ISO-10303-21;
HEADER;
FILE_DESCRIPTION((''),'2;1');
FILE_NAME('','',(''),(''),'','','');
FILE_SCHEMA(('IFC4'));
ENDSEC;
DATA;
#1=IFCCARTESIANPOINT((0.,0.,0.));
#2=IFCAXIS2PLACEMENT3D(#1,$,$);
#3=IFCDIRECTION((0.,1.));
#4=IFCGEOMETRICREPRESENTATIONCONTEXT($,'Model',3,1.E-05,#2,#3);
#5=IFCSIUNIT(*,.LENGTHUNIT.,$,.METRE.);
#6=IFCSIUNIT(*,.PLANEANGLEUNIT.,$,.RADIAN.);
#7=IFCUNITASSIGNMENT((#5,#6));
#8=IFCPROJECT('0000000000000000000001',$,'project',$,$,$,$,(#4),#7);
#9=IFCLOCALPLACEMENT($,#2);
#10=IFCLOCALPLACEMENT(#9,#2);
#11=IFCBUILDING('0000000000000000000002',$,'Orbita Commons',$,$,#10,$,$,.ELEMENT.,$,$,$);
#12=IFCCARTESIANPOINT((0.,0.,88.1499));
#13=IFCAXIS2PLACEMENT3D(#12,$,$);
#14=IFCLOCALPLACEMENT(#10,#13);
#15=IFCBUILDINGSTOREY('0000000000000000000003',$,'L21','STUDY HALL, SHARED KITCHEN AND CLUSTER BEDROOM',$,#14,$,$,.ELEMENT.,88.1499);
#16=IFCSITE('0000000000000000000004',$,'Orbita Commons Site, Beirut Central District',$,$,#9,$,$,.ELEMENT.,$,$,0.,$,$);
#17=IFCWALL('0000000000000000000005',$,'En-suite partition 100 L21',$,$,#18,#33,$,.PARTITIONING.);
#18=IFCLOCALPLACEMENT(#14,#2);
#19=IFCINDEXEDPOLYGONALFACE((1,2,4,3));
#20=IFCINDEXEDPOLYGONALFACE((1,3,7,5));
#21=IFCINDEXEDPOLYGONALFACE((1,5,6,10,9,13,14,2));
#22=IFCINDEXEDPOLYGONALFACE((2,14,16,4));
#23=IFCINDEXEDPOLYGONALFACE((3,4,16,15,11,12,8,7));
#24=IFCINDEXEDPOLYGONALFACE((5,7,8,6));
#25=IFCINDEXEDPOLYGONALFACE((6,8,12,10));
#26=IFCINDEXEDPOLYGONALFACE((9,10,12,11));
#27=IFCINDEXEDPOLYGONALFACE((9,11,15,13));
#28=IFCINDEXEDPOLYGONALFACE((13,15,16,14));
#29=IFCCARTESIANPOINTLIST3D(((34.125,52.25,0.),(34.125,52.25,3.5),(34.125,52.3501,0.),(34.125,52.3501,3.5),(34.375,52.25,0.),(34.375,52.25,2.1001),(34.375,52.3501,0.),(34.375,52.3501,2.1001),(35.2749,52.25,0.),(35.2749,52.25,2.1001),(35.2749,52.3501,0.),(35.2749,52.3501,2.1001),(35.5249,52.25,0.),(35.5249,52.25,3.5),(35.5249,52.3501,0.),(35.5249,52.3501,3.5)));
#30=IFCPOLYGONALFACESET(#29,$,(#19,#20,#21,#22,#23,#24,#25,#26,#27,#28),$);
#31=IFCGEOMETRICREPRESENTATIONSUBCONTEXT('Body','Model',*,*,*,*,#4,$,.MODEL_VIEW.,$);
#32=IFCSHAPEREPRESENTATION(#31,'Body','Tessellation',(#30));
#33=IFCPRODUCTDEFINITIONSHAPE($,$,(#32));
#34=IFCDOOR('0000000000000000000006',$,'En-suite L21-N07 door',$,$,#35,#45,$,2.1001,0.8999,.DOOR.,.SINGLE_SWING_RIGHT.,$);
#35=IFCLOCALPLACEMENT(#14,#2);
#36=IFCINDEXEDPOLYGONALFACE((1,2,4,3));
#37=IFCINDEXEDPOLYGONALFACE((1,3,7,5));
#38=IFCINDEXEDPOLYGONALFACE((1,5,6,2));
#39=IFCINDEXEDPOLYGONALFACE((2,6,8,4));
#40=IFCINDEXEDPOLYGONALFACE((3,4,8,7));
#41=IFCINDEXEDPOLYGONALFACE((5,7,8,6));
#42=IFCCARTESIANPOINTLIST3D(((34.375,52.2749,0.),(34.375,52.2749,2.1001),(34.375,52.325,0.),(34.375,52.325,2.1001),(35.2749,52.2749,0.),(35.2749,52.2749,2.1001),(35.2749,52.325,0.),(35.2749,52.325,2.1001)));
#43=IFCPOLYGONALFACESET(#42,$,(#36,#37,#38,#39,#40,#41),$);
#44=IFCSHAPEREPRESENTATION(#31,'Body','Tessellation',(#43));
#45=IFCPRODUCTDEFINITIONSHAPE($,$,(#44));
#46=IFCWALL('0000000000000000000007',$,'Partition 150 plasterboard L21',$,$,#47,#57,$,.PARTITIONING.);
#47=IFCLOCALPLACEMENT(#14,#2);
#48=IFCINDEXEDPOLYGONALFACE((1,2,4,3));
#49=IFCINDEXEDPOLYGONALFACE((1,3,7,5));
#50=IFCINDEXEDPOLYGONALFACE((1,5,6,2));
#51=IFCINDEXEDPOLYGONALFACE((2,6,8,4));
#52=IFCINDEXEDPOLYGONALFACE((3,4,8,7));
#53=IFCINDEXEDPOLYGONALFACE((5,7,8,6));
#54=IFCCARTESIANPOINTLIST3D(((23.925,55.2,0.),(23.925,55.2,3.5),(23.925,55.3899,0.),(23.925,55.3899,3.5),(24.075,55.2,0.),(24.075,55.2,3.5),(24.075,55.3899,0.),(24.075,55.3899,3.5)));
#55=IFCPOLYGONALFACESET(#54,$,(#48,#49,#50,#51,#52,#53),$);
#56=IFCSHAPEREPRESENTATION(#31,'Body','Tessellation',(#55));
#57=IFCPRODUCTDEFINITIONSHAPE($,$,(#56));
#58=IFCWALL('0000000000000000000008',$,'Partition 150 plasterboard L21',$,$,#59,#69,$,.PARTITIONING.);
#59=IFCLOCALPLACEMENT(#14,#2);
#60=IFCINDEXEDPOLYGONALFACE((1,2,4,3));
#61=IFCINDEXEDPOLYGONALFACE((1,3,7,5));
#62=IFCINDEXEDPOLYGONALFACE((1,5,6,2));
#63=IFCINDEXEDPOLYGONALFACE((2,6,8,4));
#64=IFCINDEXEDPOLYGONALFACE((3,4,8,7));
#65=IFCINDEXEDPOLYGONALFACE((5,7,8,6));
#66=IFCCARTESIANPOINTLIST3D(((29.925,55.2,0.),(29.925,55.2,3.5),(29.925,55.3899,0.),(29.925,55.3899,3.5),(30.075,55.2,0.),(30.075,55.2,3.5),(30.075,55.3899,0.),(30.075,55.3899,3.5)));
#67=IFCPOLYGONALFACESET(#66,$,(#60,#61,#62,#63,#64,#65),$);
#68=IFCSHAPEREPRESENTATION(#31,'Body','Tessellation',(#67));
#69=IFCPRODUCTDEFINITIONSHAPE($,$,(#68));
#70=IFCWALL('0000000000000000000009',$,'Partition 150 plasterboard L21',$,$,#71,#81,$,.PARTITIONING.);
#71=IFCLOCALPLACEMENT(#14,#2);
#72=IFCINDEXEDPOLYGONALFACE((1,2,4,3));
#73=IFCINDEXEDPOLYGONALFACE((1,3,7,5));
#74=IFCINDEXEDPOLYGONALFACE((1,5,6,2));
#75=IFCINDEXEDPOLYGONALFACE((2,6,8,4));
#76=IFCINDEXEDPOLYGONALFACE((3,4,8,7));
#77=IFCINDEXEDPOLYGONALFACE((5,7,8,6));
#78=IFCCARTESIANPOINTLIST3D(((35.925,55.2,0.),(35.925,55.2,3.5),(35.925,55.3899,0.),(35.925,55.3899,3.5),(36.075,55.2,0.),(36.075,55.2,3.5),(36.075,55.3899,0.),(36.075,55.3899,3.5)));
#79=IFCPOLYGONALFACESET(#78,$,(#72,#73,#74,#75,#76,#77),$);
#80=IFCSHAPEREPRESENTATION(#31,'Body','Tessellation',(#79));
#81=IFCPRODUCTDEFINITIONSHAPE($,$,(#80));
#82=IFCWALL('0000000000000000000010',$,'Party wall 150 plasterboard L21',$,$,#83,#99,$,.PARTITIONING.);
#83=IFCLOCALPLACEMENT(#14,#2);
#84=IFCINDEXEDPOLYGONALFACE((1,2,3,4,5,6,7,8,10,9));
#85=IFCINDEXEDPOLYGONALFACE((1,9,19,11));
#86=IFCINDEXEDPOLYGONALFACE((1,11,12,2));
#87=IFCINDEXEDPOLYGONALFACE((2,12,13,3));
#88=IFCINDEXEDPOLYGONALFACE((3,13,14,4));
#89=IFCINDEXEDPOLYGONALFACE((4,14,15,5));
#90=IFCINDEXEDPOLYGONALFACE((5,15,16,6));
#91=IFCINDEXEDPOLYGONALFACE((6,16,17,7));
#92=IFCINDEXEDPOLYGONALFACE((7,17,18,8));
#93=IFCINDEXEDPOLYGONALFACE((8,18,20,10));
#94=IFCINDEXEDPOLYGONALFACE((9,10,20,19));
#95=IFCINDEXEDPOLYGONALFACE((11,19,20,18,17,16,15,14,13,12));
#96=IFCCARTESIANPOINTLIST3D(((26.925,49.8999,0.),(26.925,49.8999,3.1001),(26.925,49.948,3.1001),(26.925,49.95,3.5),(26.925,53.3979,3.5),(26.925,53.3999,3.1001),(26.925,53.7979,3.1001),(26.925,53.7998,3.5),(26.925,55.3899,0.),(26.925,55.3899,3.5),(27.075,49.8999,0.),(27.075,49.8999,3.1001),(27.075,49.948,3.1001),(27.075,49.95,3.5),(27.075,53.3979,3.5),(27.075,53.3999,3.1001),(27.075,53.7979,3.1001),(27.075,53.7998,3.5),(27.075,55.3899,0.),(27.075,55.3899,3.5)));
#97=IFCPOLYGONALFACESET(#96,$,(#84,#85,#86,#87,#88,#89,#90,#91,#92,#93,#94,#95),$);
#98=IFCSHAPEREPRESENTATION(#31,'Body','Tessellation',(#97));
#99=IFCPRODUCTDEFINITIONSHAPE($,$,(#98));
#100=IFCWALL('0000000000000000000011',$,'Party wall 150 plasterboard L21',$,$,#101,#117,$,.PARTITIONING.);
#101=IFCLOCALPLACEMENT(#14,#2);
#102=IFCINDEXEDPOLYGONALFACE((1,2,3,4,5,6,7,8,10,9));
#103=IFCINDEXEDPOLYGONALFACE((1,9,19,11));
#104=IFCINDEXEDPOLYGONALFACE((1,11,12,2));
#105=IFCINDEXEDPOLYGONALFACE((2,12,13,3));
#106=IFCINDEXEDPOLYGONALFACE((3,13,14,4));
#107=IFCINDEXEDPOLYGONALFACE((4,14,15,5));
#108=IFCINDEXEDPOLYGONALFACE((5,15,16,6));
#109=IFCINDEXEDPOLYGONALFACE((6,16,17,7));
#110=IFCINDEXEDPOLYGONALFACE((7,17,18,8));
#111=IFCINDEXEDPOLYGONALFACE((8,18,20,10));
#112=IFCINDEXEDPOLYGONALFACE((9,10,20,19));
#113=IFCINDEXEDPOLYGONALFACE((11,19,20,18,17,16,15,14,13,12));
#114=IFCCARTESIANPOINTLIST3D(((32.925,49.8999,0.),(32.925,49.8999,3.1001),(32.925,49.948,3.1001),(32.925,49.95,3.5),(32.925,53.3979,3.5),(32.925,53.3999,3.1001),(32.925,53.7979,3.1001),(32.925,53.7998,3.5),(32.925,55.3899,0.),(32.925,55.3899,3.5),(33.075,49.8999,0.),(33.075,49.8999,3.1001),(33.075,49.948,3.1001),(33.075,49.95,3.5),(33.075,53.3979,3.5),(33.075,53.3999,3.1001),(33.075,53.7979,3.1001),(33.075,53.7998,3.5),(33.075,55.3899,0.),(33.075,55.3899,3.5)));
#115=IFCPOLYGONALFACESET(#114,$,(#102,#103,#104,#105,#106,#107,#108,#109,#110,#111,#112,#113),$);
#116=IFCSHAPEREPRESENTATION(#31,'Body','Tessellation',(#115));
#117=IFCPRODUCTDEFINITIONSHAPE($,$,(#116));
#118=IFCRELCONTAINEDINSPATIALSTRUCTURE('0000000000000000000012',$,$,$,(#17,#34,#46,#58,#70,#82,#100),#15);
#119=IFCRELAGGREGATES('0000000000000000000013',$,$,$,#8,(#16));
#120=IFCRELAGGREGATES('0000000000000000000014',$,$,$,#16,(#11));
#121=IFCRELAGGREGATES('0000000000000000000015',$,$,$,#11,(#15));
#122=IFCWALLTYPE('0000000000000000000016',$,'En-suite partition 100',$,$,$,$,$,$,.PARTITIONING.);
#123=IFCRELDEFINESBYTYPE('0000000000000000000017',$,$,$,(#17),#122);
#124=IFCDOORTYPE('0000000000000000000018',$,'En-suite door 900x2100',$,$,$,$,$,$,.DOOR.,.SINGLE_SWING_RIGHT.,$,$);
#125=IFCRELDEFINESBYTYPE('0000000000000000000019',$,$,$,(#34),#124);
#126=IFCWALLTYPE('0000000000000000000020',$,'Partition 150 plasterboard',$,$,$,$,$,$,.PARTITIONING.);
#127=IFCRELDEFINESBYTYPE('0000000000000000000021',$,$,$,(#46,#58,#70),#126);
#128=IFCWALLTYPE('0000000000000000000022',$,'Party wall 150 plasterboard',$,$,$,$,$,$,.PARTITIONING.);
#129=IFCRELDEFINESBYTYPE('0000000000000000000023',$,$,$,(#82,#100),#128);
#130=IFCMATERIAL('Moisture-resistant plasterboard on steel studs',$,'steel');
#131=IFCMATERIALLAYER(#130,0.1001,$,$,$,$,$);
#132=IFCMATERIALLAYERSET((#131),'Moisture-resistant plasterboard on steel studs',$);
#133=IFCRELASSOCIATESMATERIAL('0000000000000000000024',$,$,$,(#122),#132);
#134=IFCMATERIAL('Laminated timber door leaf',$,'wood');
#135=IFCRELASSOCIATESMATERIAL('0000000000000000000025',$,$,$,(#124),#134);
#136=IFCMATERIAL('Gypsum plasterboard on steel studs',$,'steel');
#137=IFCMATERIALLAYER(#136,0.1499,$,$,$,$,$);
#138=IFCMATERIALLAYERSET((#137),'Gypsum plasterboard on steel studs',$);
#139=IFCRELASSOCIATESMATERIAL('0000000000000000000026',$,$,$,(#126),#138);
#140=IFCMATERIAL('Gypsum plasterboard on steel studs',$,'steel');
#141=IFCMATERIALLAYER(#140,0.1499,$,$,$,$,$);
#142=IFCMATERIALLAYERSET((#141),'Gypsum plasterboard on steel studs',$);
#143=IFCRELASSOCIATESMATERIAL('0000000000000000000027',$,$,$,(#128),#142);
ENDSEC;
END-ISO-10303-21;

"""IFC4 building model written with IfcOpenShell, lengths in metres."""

from ifc_helpers import new_model, si_unit, direction, frame, frame_2d, origin, place, context, subcontext, project, spatial, polyline, rectangle, outline, extrude, material, layer, layer_set, type_object, element, fill, save


model = new_model("IFC4")

# Units and contexts
model_context = context("Model", 3, precision=1e-05, world=origin(), true_north=direction((0.0, 1.0)))
body_context = subcontext(model_context, "Body", "Model", "MODEL_VIEW")
ifc_project = project(units=[si_unit("LENGTHUNIT", "METRE"), si_unit("PLANEANGLEUNIT", "RADIAN")], contexts=[model_context])

# Site, building, storey
site_placement = place(None, origin())
site = spatial("IfcSite", under=ifc_project, at=site_placement, Name="Orbita Commons Site, Beirut Central District", CompositionType="ELEMENT", RefElevation=0.0)
building_placement = place(site_placement, origin())
building = spatial("IfcBuilding", under=site, at=building_placement, Name="Orbita Commons", CompositionType="ELEMENT")
storey_placement = place(building_placement, frame((0.0, 0.0, 88.1499)))
storey = spatial("IfcBuildingStorey", under=building, at=storey_placement, Name="L21", Description="STUDY HALL, SHARED KITCHEN AND CLUSTER BEDROOM", CompositionType="ELEMENT", Elevation=88.1499)

# Wall, opening, door
ifc_material_1 = material(Name="Moisture-resistant plasterboard on steel studs", Category="steel")
ifc_layer_1 = layer(ifc_material_1, 0.1001)
ifc_layer_set_1 = layer_set([ifc_layer_1], Name="Moisture-resistant plasterboard on steel studs")
wall_type_1 = type_object("IfcWallType", Name="En-suite partition 100", PredefinedType="PARTITIONING", material=ifc_layer_set_1)
ifc_material_2 = material(Name="Laminated timber door leaf", Category="wood")
door_type = type_object("IfcDoorType", Name="En-suite door 900x2100", OperationType="SINGLE_SWING_RIGHT", PredefinedType="DOOR", material=ifc_material_2)
wall_1_placement = place(storey_placement, frame((34.125, 52.3, 0.0), z_axis=(0.0, 0.0, 1.0), x_axis=(1.0, 0.0, 0.0)))
wall_1 = element("IfcWall", 1, at=wall_1_placement, inside=storey, type_object=wall_type_1, Name="En-suite partition 100 L21", PredefinedType="PARTITIONING", context=body_context, shape_type="SweptSolid", body=[
    extrude(rectangle(XDim=1.3999, YDim=0.1001, at=frame_2d((0.7, 0.0))), origin(), (0.0, 0.0, 1.0), 3.5),
])
opening_1_placement = place(wall_1_placement, frame((0.25, 0.0, 0.0)))
opening_1 = element("IfcOpeningElement", 2, at=opening_1_placement, cuts=wall_1, PredefinedType="OPENING", context=body_context, shape_type="SweptSolid", body=[
    extrude(rectangle(XDim=0.8999, YDim=2.1001, at=frame_2d((0.45, 1.05))), frame((0.0, 0.0601, 0.0), z_axis=(0.0, -1.0, 0.0), x_axis=(1.0, 0.0, 0.0)), (0.0, 0.0, 1.0), 0.1201),
])
door_1_placement = place(opening_1_placement, origin())
door_1 = element("IfcDoor", 3, at=door_1_placement, inside=storey, type_object=door_type, Name="En-suite L21-N07 door", OperationType="SINGLE_SWING_RIGHT", OverallHeight=2.1001, OverallWidth=0.8999, PredefinedType="DOOR", context=body_context, shape_type="SweptSolid", body=[
    extrude(rectangle(XDim=0.8999, YDim=2.1001, at=frame_2d((0.45, 1.05))), frame((0.0, 0.0249, 0.0), z_axis=(0.0, -1.0, 0.0), x_axis=(1.0, 0.0, 0.0)), (0.0, 0.0, 1.0), 0.05),
])
fill(opening_1, door_1)

# Walls
ifc_material_3 = material(Name="Gypsum plasterboard on steel studs", Category="steel")
ifc_layer_2 = layer(ifc_material_3, 0.1499)
ifc_layer_set_2 = layer_set([ifc_layer_2], Name="Gypsum plasterboard on steel studs")
wall_type_2 = type_object("IfcWallType", Name="Partition 150 plasterboard", PredefinedType="PARTITIONING", material=ifc_layer_set_2)
for number, where, z_axis, x_axis, name in (
    (4, (24.0, 55.2, 0.0), (0.0, 0.0, 1.0), (0.0, 1.0, 0.0), "Partition 150 plasterboard L21"),
    (5, (30.0, 55.2, 0.0), (0.0, 0.0, 1.0), (0.0, 1.0, 0.0), "Partition 150 plasterboard L21"),
    (6, (36.0, 55.2, 0.0), (0.0, 0.0, 1.0), (0.0, 1.0, 0.0), "Partition 150 plasterboard L21"),
):
    element("IfcWall", number, at=place(storey_placement, frame(where, z_axis=z_axis, x_axis=x_axis)), inside=storey, type_object=wall_type_2, Name=name, PredefinedType="PARTITIONING", context=body_context, shape_type="SweptSolid", body=[
        extrude(rectangle(XDim=0.1899, YDim=0.1499, at=frame_2d((0.095, 0.0))), origin(), (0.0, 0.0, 1.0), 3.5),
    ])
ifc_material_4 = material(Name="Gypsum plasterboard on steel studs", Category="steel")
ifc_layer_3 = layer(ifc_material_4, 0.1499)
ifc_layer_set_3 = layer_set([ifc_layer_3], Name="Gypsum plasterboard on steel studs")
wall_type_3 = type_object("IfcWallType", Name="Party wall 150 plasterboard", PredefinedType="PARTITIONING", material=ifc_layer_set_3)
for number, where, z_axis, x_axis, name in (
    (7, (27.0, 55.3899, 0.0), (0.0, 0.0, 1.0), (0.0, -1.0, 0.0), "Party wall 150 plasterboard L21"),
    (8, (33.0, 55.3899, 0.0), (0.0, 0.0, 1.0), (0.0, -1.0, 0.0), "Party wall 150 plasterboard L21"),
):
    element("IfcWall", number, at=place(storey_placement, frame(where, z_axis=z_axis, x_axis=x_axis)), inside=storey, type_object=wall_type_3, Name=name, PredefinedType="PARTITIONING", context=body_context, shape_type="SweptSolid", body=[
        extrude(outline(polyline([(0.0, 0.0), (5.49, 0.0), (5.49, 3.1001), (5.4419, 3.1001), (5.4399, 3.5), (1.9919, 3.5), (1.99, 3.1001), (1.592, 3.1001), (1.5901, 3.5), (0.0, 3.5), (0.0, 0.0)])), frame((0.0, 0.075, 0.0), z_axis=(0.0, -1.0, 0.0), x_axis=(1.0, 0.0, 0.0)), (0.0, 0.0, 1.0), 0.1499),
    ])

save(model, "model.ifc")
